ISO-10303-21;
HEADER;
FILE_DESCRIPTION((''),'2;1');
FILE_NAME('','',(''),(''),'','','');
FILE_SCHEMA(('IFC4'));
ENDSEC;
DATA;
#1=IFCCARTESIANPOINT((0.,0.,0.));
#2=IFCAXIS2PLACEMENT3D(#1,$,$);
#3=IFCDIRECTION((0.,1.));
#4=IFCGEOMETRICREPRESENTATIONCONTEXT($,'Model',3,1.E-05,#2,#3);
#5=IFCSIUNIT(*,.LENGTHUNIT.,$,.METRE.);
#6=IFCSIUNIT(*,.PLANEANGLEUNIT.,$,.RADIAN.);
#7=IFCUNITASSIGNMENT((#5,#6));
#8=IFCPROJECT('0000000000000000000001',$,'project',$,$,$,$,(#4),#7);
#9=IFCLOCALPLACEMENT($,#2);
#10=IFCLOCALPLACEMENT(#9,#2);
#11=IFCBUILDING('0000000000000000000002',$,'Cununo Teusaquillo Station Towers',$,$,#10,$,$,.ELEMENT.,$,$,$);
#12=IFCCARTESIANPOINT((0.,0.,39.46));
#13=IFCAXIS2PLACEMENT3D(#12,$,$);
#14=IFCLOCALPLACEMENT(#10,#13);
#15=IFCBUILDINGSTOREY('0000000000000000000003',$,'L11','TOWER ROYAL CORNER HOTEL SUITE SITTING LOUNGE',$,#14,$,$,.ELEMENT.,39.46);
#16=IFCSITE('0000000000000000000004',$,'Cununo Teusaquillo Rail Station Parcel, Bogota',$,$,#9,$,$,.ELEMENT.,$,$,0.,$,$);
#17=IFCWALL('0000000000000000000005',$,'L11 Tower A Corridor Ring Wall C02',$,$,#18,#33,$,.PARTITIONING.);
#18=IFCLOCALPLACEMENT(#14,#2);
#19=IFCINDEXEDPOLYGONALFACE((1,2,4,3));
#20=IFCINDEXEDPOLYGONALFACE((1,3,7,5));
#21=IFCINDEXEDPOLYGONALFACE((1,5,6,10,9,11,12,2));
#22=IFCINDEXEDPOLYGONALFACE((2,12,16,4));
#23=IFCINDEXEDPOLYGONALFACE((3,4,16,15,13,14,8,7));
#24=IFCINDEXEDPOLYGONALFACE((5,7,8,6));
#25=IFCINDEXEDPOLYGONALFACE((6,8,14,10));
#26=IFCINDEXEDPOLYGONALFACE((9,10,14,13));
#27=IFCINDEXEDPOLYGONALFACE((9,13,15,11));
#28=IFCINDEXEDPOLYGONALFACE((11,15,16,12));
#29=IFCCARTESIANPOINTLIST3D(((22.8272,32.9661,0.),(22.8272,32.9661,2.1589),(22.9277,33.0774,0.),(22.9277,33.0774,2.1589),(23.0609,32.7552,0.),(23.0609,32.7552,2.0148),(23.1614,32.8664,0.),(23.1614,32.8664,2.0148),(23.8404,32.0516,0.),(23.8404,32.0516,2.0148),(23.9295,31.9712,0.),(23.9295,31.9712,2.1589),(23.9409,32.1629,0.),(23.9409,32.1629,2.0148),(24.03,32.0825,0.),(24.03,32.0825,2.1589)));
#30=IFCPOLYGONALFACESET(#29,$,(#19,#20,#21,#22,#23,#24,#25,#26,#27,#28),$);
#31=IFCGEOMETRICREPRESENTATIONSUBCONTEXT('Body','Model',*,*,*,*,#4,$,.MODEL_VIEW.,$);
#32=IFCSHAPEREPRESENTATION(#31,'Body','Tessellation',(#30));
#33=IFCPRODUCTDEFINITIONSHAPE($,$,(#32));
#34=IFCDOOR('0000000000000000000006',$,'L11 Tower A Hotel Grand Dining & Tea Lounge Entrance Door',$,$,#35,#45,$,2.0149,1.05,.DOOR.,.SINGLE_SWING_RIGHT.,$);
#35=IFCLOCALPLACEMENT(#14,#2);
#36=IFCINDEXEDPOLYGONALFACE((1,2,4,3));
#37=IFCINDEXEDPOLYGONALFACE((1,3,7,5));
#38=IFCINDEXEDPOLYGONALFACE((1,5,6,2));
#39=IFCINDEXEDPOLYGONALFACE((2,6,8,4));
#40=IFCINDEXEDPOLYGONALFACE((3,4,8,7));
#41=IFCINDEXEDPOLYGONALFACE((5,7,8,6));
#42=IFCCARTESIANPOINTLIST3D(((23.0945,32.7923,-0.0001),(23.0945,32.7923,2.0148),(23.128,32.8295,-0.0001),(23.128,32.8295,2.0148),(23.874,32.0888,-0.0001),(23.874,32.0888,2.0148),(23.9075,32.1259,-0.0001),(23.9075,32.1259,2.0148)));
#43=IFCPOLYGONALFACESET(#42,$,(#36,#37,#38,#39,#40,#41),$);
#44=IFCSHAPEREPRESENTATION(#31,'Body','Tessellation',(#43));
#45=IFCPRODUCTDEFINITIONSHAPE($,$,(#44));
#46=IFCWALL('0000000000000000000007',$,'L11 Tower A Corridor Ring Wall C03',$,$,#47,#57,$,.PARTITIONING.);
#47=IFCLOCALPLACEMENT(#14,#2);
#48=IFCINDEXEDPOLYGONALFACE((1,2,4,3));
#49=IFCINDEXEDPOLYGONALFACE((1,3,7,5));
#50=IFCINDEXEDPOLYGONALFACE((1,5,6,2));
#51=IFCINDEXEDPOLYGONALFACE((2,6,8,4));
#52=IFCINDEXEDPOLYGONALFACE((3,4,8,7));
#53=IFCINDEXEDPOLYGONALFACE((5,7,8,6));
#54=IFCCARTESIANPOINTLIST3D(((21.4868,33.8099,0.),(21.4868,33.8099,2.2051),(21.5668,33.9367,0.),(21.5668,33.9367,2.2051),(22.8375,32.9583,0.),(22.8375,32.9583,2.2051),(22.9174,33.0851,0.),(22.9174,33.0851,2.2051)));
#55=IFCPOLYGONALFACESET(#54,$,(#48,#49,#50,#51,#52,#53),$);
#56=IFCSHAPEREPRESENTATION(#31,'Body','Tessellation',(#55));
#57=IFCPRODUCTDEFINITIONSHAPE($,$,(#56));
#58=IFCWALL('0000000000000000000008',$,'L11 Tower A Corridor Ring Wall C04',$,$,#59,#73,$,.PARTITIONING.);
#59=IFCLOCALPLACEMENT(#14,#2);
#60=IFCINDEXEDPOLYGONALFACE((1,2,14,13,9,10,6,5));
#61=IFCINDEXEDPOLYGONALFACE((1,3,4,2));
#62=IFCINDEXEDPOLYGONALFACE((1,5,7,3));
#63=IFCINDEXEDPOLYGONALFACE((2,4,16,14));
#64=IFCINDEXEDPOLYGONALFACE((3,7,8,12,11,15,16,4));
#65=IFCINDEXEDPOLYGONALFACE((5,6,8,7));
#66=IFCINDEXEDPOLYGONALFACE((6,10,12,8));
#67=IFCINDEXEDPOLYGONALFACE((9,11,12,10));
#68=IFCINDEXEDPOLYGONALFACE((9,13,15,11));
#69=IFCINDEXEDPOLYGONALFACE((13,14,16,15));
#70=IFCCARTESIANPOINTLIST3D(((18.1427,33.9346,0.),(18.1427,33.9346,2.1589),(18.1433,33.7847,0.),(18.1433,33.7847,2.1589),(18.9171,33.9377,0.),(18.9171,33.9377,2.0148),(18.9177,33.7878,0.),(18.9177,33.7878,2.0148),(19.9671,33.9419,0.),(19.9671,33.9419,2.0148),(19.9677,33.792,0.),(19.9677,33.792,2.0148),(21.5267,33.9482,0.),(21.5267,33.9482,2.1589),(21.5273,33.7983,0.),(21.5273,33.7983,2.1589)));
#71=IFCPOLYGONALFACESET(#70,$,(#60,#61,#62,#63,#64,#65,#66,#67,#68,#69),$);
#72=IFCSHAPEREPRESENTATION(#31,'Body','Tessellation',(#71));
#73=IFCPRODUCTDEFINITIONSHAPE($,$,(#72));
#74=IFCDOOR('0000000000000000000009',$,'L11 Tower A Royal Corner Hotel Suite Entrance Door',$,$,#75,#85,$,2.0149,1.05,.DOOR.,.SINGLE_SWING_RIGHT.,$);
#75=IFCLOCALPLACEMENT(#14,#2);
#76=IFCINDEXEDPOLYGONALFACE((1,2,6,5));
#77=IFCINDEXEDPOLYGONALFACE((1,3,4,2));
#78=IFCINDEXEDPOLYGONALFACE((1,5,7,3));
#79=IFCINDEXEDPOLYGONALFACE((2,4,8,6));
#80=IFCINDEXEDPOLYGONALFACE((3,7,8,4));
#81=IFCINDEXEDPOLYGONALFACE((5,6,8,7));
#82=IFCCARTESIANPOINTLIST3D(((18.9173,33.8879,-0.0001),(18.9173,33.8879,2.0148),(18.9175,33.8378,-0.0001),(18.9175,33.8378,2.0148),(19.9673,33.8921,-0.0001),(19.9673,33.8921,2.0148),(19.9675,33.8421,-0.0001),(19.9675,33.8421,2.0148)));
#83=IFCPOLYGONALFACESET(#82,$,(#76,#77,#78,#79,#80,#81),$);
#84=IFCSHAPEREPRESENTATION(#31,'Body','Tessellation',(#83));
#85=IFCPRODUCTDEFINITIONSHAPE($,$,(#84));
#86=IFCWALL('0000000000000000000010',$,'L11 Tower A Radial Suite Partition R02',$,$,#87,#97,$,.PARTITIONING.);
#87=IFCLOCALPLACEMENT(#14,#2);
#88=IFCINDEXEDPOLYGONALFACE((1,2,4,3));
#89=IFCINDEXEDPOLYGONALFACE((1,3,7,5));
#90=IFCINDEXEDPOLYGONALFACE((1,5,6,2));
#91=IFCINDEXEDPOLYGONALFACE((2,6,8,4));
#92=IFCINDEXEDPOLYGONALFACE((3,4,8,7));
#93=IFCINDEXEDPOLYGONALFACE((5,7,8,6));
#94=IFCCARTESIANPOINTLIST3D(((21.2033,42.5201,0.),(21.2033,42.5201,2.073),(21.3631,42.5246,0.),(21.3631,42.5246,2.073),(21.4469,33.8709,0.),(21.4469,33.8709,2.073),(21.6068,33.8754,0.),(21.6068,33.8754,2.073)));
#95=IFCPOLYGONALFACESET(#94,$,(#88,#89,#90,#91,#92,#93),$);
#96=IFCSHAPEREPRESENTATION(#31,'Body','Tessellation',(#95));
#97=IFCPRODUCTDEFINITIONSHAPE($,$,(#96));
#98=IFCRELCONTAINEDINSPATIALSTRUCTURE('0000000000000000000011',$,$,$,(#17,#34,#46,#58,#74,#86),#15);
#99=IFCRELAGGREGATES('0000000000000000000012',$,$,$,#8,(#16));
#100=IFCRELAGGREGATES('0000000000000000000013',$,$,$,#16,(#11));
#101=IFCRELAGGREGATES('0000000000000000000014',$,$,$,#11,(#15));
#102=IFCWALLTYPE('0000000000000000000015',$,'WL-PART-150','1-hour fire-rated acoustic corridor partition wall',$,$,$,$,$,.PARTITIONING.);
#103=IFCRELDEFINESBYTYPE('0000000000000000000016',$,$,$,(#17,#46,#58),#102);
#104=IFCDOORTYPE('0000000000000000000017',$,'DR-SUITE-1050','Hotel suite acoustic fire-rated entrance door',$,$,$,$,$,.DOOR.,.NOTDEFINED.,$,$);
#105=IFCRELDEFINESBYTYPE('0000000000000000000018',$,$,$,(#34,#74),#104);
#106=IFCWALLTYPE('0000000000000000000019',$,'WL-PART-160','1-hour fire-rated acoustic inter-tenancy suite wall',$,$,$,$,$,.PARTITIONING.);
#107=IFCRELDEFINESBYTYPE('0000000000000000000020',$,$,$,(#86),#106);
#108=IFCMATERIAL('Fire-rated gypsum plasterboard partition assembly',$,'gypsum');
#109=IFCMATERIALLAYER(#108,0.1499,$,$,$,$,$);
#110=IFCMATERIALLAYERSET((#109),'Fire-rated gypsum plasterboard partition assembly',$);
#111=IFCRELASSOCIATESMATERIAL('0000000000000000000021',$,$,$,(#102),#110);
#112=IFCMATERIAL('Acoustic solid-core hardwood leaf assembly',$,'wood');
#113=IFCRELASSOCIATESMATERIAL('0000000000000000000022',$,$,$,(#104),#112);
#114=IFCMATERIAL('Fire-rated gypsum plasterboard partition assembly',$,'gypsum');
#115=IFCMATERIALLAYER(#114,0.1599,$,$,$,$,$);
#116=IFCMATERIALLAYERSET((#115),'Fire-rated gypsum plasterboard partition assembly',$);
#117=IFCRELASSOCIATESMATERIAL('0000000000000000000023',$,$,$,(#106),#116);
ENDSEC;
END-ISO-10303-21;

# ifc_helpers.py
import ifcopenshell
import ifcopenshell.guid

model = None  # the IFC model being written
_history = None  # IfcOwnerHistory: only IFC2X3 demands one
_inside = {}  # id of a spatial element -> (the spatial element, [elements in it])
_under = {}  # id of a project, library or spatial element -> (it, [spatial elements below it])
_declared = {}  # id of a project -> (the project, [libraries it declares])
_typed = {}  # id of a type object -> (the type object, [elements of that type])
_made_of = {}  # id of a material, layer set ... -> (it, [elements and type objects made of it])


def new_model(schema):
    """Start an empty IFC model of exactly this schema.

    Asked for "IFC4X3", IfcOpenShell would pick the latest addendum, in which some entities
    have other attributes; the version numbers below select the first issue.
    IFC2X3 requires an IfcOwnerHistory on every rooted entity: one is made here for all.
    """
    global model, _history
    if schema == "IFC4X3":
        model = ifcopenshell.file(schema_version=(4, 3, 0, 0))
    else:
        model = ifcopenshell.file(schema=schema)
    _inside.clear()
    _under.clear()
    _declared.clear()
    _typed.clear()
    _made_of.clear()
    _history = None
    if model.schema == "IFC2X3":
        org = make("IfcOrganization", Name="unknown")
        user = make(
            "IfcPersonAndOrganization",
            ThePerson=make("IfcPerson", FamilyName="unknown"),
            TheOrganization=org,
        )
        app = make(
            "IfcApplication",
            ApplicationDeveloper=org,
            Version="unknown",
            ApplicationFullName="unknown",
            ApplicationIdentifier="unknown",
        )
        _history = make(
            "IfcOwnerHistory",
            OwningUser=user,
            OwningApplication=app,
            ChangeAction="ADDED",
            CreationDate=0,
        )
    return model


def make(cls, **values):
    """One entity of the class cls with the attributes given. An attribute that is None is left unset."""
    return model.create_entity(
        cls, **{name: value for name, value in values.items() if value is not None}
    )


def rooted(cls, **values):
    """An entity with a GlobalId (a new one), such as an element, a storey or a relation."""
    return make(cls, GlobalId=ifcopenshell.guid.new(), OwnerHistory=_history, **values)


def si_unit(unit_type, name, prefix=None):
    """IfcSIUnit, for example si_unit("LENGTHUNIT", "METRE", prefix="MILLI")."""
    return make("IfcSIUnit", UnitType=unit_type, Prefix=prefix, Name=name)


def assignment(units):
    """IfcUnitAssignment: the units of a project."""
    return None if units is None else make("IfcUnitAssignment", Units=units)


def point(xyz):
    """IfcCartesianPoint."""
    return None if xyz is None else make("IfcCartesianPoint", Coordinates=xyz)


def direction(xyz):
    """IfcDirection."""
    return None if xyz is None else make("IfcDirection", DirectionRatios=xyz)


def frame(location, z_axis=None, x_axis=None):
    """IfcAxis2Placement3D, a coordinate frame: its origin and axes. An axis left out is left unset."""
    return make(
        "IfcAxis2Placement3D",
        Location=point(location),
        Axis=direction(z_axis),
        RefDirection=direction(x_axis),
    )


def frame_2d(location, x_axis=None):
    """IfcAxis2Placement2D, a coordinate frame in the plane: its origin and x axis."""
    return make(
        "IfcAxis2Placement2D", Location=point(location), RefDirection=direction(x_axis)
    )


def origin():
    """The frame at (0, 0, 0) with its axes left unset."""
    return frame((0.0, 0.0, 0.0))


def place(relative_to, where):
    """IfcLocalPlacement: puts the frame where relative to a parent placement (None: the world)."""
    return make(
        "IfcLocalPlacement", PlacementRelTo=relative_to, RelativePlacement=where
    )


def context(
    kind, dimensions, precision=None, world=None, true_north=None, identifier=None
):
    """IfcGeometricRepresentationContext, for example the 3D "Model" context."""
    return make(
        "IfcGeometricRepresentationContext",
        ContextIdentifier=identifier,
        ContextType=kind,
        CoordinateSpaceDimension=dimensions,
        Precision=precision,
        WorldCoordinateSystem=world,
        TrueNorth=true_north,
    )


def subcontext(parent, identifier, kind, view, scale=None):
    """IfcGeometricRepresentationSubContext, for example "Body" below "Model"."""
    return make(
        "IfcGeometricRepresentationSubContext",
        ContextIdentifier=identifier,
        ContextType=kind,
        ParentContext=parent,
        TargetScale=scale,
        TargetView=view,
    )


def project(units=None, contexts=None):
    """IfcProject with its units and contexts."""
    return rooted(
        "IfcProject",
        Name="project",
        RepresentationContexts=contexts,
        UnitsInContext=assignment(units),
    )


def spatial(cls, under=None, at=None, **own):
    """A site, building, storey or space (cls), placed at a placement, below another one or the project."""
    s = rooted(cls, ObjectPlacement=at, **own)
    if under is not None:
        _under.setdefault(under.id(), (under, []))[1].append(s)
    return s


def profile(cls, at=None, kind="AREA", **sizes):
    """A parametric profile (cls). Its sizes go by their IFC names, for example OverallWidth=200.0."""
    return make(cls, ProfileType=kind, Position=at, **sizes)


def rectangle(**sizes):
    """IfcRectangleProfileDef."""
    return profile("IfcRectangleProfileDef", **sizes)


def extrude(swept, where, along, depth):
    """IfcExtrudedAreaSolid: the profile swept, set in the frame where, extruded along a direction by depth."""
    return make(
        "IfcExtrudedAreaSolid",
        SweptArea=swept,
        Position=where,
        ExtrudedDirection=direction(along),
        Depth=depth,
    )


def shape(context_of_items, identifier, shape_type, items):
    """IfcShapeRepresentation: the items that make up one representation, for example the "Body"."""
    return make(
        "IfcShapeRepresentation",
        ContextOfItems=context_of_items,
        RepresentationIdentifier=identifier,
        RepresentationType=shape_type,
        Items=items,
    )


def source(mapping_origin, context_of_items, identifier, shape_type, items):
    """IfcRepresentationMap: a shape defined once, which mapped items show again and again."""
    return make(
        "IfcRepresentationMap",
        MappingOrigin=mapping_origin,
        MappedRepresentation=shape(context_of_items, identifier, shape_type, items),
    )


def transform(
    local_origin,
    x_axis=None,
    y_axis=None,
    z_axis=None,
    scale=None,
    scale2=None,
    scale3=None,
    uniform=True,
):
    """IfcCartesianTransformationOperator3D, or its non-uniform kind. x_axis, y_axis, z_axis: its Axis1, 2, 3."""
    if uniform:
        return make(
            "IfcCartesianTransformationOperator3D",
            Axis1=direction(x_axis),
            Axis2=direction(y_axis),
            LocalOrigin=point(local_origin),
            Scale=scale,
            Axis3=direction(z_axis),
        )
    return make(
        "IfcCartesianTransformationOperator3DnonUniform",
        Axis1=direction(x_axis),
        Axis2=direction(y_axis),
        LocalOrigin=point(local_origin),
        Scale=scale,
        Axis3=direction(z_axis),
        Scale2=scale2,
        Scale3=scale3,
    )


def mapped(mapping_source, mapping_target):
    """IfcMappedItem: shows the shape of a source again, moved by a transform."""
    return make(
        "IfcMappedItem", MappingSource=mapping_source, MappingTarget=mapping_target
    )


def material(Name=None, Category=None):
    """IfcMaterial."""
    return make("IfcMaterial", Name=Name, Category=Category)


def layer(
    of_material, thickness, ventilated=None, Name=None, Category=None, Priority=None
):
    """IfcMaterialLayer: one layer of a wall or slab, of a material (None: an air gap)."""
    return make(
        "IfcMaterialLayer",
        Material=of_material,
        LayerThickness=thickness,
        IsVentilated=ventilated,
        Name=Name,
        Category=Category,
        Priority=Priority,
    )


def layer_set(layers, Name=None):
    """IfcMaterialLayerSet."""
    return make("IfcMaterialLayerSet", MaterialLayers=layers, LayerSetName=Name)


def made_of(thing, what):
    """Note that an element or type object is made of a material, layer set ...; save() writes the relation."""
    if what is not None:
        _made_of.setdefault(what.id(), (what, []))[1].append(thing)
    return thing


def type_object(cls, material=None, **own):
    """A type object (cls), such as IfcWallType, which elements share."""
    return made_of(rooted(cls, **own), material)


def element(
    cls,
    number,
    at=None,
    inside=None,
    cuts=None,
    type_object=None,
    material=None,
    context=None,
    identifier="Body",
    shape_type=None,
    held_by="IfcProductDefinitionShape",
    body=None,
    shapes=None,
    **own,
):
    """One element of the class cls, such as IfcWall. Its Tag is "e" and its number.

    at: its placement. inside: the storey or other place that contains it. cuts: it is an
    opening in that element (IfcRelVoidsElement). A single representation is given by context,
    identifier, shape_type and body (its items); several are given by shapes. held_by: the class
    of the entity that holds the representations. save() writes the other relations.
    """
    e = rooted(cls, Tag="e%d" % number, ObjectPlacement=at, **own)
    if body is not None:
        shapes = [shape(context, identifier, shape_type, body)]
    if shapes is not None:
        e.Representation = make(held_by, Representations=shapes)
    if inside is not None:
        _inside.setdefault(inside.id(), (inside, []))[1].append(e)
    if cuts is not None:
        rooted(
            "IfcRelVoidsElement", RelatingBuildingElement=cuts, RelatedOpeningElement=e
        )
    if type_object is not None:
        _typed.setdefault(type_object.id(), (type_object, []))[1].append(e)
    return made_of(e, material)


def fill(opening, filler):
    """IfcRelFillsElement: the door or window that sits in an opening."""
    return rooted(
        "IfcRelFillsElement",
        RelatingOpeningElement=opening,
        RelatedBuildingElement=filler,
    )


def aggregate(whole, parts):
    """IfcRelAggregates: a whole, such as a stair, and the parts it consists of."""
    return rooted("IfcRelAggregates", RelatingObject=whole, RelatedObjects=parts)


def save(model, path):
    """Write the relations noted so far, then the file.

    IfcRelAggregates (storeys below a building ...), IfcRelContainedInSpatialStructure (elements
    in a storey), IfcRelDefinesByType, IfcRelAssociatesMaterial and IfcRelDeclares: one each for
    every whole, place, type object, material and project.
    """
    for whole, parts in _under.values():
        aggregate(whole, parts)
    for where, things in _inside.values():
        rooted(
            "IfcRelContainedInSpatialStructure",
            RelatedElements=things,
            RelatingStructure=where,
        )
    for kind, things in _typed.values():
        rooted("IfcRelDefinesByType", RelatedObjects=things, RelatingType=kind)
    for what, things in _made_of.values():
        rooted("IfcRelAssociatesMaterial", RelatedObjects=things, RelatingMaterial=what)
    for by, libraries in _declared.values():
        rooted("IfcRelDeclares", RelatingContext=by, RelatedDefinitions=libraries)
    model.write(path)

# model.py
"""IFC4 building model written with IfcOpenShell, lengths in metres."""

from ifc_helpers import new_model, si_unit, direction, frame, frame_2d, origin, place, context, subcontext, project, spatial, rectangle, extrude, source, transform, mapped, material, layer, layer_set, type_object, element, fill, save


model = new_model("IFC4")

# Units and contexts
model_context = context("Model", 3, precision=1e-05, world=origin(), true_north=direction((0.0, 1.0)))
body_context = subcontext(model_context, "Body", "Model", "MODEL_VIEW")
ifc_project = project(units=[si_unit("LENGTHUNIT", "METRE"), si_unit("PLANEANGLEUNIT", "RADIAN")], contexts=[model_context])

# Site, building, storey
site_placement = place(None, origin())
site = spatial("IfcSite", under=ifc_project, at=site_placement, Name="Cununo Teusaquillo Rail Station Parcel, Bogota", CompositionType="ELEMENT", RefElevation=0.0)
building_placement = place(site_placement, origin())
building = spatial("IfcBuilding", under=site, at=building_placement, Name="Cununo Teusaquillo Station Towers", CompositionType="ELEMENT")
storey_placement = place(building_placement, frame((0.0, 0.0, 39.46)))
storey = spatial("IfcBuildingStorey", under=building, at=storey_placement, Name="L11", Description="TOWER ROYAL CORNER HOTEL SUITE SITTING LOUNGE", CompositionType="ELEMENT", Elevation=39.46)

# Shared definitions
ifc_material_1 = material(Name="Fire-rated gypsum plasterboard partition assembly", Category="gypsum")
ifc_layer_1 = layer(ifc_material_1, 0.1499)
ifc_layer_set_1 = layer_set([ifc_layer_1], Name="Fire-rated gypsum plasterboard partition assembly")
wall_type_1 = type_object("IfcWallType", Name="WL-PART-150", Description="1-hour fire-rated acoustic corridor partition wall", PredefinedType="PARTITIONING", material=ifc_layer_set_1)

# Wall, opening, door
wall_1_placement = place(storey_placement, frame((23.9797, 32.0269, 0.0), z_axis=(0.0, 0.0, 1.0), x_axis=(-0.742353, 0.670009, 0.0)))
wall_1 = element("IfcWall", 1, at=wall_1_placement, inside=storey, type_object=wall_type_1, Name="L11 Tower A Corridor Ring Wall C02", PredefinedType="PARTITIONING", context=body_context, shape_type="SweptSolid", body=[
    extrude(rectangle(XDim=1.4849, YDim=0.1499, at=frame_2d((0.7424, 0.0))), origin(), (0.0, 0.0, 1.0), 2.1589),
])
shared_shape_1 = source(origin(), body_context, "Body", "SweptSolid", [
    extrude(rectangle(XDim=1.05, YDim=2.0149, at=frame_2d((0.5249, 1.0073))), frame((0.0, 0.085, 0.0), z_axis=(0.0, -1.0, 0.0), x_axis=(1.0, 0.0, 0.0)), (0.0, 0.0, 1.0), 0.1699),
])
opening_1_placement = place(wall_1_placement, frame((0.1201, 0.0, 0.0)))
opening_1 = element("IfcOpeningElement", 2, at=opening_1_placement, cuts=wall_1, PredefinedType="OPENING", context=body_context, shape_type="MappedRepresentation", body=[
    mapped(shared_shape_1, transform((0.0, 0.0, 0.0), x_axis=(1.0, 0.0, 0.0), y_axis=(0.0, 1.0, 0.0), z_axis=(0.0, 0.0, 1.0), scale=1.0)),
])
ifc_material_2 = material(Name="Acoustic solid-core hardwood leaf assembly", Category="wood")
door_type_1 = type_object("IfcDoorType", Name="DR-SUITE-1050", Description="Hotel suite acoustic fire-rated entrance door", OperationType="NOTDEFINED", PredefinedType="DOOR", material=ifc_material_2)
shared_shape_2 = source(origin(), body_context, "Body", "SweptSolid", [
    extrude(rectangle(XDim=1.05, YDim=2.0149, at=frame_2d((0.5249, 1.0073))), frame((0.0, 0.0249, 0.0), z_axis=(0.0, -1.0, 0.0), x_axis=(1.0, 0.0, 0.0)), (0.0, 0.0, 1.0), 0.05),
])
door_1_placement = place(opening_1_placement, origin())
door_1 = element("IfcDoor", 3, at=door_1_placement, inside=storey, type_object=door_type_1, Name="L11 Tower A Hotel Grand Dining & Tea Lounge Entrance Door", OperationType="SINGLE_SWING_RIGHT", OverallHeight=2.0149, OverallWidth=1.05, PredefinedType="DOOR", context=body_context, shape_type="MappedRepresentation", body=[
    mapped(shared_shape_2, transform((0.0, 0.0, 0.0), x_axis=(1.0, 0.0, 0.0), y_axis=(0.0, 1.0, 0.0), z_axis=(0.0, 0.0, 1.0), scale=1.0)),
])
fill(opening_1, door_1)

# Wall
wall_2_placement = place(storey_placement, frame((22.8774, 33.0217, 0.0), z_axis=(0.0, 0.0, 1.0), x_axis=(-0.845896, 0.533348, 0.0)))
element("IfcWall", 4, at=wall_2_placement, inside=storey, type_object=wall_type_1, Name="L11 Tower A Corridor Ring Wall C03", PredefinedType="PARTITIONING", context=body_context, shape_type="SweptSolid", body=[
    extrude(rectangle(XDim=1.5967, YDim=0.1499, at=frame_2d((0.7983, 0.0))), origin(), (0.0, 0.0, 1.0), 2.2051),
])

# Wall, opening, door
wall_3_placement = place(storey_placement, frame((21.5269, 33.8733, 0.0), z_axis=(0.0, 0.0, 1.0), x_axis=(-0.999992, -0.00404, 0.0)))
wall_3 = element("IfcWall", 5, at=wall_3_placement, inside=storey, type_object=wall_type_1, Name="L11 Tower A Corridor Ring Wall C04", PredefinedType="PARTITIONING", context=body_context, shape_type="SweptSolid", body=[
    extrude(rectangle(XDim=3.384, YDim=0.1499, at=frame_2d((1.6919, 0.0))), origin(), (0.0, 0.0, 1.0), 2.1589),
])
opening_2_placement = place(wall_3_placement, frame((1.5596, 0.0, 0.0)))
opening_2 = element("IfcOpeningElement", 6, at=opening_2_placement, cuts=wall_3, PredefinedType="OPENING", context=body_context, shape_type="MappedRepresentation", body=[
    mapped(shared_shape_1, transform((0.0, 0.0, 0.0), x_axis=(1.0, 0.0, 0.0), y_axis=(0.0, 1.0, 0.0), z_axis=(0.0, 0.0, 1.0), scale=1.0)),
])
door_2_placement = place(opening_2_placement, origin())
door_2 = element("IfcDoor", 7, at=door_2_placement, inside=storey, type_object=door_type_1, Name="L11 Tower A Royal Corner Hotel Suite Entrance Door", OperationType="SINGLE_SWING_RIGHT", OverallHeight=2.0149, OverallWidth=1.05, PredefinedType="DOOR", context=body_context, shape_type="MappedRepresentation", body=[
    mapped(shared_shape_2, transform((0.0, 0.0, 0.0), x_axis=(1.0, 0.0, 0.0), y_axis=(0.0, 1.0, 0.0), z_axis=(0.0, 0.0, 1.0), scale=1.0)),
])
fill(opening_2, door_2)

# Wall
ifc_material_3 = material(Name="Fire-rated gypsum plasterboard partition assembly", Category="gypsum")
ifc_layer_2 = layer(ifc_material_3, 0.1599)
ifc_layer_set_2 = layer_set([ifc_layer_2], Name="Fire-rated gypsum plasterboard partition assembly")
wall_type_2 = type_object("IfcWallType", Name="WL-PART-160", Description="1-hour fire-rated acoustic inter-tenancy suite wall", PredefinedType="PARTITIONING", material=ifc_layer_set_2)
wall_4_placement = place(storey_placement, frame((21.5269, 33.8733, 0.0), z_axis=(0.0, 0.0, 1.0), x_axis=(-0.028159, 0.999603, 0.0)))
element("IfcWall", 8, at=wall_4_placement, inside=storey, type_object=wall_type_2, Name="L11 Tower A Radial Suite Partition R02", PredefinedType="PARTITIONING", context=body_context, shape_type="SweptSolid", body=[
    extrude(rectangle(XDim=8.6526, YDim=0.1599, at=frame_2d((4.3262, 0.0))), origin(), (0.0, 0.0, 1.0), 2.073),
])

save(model, "model.ifc")
